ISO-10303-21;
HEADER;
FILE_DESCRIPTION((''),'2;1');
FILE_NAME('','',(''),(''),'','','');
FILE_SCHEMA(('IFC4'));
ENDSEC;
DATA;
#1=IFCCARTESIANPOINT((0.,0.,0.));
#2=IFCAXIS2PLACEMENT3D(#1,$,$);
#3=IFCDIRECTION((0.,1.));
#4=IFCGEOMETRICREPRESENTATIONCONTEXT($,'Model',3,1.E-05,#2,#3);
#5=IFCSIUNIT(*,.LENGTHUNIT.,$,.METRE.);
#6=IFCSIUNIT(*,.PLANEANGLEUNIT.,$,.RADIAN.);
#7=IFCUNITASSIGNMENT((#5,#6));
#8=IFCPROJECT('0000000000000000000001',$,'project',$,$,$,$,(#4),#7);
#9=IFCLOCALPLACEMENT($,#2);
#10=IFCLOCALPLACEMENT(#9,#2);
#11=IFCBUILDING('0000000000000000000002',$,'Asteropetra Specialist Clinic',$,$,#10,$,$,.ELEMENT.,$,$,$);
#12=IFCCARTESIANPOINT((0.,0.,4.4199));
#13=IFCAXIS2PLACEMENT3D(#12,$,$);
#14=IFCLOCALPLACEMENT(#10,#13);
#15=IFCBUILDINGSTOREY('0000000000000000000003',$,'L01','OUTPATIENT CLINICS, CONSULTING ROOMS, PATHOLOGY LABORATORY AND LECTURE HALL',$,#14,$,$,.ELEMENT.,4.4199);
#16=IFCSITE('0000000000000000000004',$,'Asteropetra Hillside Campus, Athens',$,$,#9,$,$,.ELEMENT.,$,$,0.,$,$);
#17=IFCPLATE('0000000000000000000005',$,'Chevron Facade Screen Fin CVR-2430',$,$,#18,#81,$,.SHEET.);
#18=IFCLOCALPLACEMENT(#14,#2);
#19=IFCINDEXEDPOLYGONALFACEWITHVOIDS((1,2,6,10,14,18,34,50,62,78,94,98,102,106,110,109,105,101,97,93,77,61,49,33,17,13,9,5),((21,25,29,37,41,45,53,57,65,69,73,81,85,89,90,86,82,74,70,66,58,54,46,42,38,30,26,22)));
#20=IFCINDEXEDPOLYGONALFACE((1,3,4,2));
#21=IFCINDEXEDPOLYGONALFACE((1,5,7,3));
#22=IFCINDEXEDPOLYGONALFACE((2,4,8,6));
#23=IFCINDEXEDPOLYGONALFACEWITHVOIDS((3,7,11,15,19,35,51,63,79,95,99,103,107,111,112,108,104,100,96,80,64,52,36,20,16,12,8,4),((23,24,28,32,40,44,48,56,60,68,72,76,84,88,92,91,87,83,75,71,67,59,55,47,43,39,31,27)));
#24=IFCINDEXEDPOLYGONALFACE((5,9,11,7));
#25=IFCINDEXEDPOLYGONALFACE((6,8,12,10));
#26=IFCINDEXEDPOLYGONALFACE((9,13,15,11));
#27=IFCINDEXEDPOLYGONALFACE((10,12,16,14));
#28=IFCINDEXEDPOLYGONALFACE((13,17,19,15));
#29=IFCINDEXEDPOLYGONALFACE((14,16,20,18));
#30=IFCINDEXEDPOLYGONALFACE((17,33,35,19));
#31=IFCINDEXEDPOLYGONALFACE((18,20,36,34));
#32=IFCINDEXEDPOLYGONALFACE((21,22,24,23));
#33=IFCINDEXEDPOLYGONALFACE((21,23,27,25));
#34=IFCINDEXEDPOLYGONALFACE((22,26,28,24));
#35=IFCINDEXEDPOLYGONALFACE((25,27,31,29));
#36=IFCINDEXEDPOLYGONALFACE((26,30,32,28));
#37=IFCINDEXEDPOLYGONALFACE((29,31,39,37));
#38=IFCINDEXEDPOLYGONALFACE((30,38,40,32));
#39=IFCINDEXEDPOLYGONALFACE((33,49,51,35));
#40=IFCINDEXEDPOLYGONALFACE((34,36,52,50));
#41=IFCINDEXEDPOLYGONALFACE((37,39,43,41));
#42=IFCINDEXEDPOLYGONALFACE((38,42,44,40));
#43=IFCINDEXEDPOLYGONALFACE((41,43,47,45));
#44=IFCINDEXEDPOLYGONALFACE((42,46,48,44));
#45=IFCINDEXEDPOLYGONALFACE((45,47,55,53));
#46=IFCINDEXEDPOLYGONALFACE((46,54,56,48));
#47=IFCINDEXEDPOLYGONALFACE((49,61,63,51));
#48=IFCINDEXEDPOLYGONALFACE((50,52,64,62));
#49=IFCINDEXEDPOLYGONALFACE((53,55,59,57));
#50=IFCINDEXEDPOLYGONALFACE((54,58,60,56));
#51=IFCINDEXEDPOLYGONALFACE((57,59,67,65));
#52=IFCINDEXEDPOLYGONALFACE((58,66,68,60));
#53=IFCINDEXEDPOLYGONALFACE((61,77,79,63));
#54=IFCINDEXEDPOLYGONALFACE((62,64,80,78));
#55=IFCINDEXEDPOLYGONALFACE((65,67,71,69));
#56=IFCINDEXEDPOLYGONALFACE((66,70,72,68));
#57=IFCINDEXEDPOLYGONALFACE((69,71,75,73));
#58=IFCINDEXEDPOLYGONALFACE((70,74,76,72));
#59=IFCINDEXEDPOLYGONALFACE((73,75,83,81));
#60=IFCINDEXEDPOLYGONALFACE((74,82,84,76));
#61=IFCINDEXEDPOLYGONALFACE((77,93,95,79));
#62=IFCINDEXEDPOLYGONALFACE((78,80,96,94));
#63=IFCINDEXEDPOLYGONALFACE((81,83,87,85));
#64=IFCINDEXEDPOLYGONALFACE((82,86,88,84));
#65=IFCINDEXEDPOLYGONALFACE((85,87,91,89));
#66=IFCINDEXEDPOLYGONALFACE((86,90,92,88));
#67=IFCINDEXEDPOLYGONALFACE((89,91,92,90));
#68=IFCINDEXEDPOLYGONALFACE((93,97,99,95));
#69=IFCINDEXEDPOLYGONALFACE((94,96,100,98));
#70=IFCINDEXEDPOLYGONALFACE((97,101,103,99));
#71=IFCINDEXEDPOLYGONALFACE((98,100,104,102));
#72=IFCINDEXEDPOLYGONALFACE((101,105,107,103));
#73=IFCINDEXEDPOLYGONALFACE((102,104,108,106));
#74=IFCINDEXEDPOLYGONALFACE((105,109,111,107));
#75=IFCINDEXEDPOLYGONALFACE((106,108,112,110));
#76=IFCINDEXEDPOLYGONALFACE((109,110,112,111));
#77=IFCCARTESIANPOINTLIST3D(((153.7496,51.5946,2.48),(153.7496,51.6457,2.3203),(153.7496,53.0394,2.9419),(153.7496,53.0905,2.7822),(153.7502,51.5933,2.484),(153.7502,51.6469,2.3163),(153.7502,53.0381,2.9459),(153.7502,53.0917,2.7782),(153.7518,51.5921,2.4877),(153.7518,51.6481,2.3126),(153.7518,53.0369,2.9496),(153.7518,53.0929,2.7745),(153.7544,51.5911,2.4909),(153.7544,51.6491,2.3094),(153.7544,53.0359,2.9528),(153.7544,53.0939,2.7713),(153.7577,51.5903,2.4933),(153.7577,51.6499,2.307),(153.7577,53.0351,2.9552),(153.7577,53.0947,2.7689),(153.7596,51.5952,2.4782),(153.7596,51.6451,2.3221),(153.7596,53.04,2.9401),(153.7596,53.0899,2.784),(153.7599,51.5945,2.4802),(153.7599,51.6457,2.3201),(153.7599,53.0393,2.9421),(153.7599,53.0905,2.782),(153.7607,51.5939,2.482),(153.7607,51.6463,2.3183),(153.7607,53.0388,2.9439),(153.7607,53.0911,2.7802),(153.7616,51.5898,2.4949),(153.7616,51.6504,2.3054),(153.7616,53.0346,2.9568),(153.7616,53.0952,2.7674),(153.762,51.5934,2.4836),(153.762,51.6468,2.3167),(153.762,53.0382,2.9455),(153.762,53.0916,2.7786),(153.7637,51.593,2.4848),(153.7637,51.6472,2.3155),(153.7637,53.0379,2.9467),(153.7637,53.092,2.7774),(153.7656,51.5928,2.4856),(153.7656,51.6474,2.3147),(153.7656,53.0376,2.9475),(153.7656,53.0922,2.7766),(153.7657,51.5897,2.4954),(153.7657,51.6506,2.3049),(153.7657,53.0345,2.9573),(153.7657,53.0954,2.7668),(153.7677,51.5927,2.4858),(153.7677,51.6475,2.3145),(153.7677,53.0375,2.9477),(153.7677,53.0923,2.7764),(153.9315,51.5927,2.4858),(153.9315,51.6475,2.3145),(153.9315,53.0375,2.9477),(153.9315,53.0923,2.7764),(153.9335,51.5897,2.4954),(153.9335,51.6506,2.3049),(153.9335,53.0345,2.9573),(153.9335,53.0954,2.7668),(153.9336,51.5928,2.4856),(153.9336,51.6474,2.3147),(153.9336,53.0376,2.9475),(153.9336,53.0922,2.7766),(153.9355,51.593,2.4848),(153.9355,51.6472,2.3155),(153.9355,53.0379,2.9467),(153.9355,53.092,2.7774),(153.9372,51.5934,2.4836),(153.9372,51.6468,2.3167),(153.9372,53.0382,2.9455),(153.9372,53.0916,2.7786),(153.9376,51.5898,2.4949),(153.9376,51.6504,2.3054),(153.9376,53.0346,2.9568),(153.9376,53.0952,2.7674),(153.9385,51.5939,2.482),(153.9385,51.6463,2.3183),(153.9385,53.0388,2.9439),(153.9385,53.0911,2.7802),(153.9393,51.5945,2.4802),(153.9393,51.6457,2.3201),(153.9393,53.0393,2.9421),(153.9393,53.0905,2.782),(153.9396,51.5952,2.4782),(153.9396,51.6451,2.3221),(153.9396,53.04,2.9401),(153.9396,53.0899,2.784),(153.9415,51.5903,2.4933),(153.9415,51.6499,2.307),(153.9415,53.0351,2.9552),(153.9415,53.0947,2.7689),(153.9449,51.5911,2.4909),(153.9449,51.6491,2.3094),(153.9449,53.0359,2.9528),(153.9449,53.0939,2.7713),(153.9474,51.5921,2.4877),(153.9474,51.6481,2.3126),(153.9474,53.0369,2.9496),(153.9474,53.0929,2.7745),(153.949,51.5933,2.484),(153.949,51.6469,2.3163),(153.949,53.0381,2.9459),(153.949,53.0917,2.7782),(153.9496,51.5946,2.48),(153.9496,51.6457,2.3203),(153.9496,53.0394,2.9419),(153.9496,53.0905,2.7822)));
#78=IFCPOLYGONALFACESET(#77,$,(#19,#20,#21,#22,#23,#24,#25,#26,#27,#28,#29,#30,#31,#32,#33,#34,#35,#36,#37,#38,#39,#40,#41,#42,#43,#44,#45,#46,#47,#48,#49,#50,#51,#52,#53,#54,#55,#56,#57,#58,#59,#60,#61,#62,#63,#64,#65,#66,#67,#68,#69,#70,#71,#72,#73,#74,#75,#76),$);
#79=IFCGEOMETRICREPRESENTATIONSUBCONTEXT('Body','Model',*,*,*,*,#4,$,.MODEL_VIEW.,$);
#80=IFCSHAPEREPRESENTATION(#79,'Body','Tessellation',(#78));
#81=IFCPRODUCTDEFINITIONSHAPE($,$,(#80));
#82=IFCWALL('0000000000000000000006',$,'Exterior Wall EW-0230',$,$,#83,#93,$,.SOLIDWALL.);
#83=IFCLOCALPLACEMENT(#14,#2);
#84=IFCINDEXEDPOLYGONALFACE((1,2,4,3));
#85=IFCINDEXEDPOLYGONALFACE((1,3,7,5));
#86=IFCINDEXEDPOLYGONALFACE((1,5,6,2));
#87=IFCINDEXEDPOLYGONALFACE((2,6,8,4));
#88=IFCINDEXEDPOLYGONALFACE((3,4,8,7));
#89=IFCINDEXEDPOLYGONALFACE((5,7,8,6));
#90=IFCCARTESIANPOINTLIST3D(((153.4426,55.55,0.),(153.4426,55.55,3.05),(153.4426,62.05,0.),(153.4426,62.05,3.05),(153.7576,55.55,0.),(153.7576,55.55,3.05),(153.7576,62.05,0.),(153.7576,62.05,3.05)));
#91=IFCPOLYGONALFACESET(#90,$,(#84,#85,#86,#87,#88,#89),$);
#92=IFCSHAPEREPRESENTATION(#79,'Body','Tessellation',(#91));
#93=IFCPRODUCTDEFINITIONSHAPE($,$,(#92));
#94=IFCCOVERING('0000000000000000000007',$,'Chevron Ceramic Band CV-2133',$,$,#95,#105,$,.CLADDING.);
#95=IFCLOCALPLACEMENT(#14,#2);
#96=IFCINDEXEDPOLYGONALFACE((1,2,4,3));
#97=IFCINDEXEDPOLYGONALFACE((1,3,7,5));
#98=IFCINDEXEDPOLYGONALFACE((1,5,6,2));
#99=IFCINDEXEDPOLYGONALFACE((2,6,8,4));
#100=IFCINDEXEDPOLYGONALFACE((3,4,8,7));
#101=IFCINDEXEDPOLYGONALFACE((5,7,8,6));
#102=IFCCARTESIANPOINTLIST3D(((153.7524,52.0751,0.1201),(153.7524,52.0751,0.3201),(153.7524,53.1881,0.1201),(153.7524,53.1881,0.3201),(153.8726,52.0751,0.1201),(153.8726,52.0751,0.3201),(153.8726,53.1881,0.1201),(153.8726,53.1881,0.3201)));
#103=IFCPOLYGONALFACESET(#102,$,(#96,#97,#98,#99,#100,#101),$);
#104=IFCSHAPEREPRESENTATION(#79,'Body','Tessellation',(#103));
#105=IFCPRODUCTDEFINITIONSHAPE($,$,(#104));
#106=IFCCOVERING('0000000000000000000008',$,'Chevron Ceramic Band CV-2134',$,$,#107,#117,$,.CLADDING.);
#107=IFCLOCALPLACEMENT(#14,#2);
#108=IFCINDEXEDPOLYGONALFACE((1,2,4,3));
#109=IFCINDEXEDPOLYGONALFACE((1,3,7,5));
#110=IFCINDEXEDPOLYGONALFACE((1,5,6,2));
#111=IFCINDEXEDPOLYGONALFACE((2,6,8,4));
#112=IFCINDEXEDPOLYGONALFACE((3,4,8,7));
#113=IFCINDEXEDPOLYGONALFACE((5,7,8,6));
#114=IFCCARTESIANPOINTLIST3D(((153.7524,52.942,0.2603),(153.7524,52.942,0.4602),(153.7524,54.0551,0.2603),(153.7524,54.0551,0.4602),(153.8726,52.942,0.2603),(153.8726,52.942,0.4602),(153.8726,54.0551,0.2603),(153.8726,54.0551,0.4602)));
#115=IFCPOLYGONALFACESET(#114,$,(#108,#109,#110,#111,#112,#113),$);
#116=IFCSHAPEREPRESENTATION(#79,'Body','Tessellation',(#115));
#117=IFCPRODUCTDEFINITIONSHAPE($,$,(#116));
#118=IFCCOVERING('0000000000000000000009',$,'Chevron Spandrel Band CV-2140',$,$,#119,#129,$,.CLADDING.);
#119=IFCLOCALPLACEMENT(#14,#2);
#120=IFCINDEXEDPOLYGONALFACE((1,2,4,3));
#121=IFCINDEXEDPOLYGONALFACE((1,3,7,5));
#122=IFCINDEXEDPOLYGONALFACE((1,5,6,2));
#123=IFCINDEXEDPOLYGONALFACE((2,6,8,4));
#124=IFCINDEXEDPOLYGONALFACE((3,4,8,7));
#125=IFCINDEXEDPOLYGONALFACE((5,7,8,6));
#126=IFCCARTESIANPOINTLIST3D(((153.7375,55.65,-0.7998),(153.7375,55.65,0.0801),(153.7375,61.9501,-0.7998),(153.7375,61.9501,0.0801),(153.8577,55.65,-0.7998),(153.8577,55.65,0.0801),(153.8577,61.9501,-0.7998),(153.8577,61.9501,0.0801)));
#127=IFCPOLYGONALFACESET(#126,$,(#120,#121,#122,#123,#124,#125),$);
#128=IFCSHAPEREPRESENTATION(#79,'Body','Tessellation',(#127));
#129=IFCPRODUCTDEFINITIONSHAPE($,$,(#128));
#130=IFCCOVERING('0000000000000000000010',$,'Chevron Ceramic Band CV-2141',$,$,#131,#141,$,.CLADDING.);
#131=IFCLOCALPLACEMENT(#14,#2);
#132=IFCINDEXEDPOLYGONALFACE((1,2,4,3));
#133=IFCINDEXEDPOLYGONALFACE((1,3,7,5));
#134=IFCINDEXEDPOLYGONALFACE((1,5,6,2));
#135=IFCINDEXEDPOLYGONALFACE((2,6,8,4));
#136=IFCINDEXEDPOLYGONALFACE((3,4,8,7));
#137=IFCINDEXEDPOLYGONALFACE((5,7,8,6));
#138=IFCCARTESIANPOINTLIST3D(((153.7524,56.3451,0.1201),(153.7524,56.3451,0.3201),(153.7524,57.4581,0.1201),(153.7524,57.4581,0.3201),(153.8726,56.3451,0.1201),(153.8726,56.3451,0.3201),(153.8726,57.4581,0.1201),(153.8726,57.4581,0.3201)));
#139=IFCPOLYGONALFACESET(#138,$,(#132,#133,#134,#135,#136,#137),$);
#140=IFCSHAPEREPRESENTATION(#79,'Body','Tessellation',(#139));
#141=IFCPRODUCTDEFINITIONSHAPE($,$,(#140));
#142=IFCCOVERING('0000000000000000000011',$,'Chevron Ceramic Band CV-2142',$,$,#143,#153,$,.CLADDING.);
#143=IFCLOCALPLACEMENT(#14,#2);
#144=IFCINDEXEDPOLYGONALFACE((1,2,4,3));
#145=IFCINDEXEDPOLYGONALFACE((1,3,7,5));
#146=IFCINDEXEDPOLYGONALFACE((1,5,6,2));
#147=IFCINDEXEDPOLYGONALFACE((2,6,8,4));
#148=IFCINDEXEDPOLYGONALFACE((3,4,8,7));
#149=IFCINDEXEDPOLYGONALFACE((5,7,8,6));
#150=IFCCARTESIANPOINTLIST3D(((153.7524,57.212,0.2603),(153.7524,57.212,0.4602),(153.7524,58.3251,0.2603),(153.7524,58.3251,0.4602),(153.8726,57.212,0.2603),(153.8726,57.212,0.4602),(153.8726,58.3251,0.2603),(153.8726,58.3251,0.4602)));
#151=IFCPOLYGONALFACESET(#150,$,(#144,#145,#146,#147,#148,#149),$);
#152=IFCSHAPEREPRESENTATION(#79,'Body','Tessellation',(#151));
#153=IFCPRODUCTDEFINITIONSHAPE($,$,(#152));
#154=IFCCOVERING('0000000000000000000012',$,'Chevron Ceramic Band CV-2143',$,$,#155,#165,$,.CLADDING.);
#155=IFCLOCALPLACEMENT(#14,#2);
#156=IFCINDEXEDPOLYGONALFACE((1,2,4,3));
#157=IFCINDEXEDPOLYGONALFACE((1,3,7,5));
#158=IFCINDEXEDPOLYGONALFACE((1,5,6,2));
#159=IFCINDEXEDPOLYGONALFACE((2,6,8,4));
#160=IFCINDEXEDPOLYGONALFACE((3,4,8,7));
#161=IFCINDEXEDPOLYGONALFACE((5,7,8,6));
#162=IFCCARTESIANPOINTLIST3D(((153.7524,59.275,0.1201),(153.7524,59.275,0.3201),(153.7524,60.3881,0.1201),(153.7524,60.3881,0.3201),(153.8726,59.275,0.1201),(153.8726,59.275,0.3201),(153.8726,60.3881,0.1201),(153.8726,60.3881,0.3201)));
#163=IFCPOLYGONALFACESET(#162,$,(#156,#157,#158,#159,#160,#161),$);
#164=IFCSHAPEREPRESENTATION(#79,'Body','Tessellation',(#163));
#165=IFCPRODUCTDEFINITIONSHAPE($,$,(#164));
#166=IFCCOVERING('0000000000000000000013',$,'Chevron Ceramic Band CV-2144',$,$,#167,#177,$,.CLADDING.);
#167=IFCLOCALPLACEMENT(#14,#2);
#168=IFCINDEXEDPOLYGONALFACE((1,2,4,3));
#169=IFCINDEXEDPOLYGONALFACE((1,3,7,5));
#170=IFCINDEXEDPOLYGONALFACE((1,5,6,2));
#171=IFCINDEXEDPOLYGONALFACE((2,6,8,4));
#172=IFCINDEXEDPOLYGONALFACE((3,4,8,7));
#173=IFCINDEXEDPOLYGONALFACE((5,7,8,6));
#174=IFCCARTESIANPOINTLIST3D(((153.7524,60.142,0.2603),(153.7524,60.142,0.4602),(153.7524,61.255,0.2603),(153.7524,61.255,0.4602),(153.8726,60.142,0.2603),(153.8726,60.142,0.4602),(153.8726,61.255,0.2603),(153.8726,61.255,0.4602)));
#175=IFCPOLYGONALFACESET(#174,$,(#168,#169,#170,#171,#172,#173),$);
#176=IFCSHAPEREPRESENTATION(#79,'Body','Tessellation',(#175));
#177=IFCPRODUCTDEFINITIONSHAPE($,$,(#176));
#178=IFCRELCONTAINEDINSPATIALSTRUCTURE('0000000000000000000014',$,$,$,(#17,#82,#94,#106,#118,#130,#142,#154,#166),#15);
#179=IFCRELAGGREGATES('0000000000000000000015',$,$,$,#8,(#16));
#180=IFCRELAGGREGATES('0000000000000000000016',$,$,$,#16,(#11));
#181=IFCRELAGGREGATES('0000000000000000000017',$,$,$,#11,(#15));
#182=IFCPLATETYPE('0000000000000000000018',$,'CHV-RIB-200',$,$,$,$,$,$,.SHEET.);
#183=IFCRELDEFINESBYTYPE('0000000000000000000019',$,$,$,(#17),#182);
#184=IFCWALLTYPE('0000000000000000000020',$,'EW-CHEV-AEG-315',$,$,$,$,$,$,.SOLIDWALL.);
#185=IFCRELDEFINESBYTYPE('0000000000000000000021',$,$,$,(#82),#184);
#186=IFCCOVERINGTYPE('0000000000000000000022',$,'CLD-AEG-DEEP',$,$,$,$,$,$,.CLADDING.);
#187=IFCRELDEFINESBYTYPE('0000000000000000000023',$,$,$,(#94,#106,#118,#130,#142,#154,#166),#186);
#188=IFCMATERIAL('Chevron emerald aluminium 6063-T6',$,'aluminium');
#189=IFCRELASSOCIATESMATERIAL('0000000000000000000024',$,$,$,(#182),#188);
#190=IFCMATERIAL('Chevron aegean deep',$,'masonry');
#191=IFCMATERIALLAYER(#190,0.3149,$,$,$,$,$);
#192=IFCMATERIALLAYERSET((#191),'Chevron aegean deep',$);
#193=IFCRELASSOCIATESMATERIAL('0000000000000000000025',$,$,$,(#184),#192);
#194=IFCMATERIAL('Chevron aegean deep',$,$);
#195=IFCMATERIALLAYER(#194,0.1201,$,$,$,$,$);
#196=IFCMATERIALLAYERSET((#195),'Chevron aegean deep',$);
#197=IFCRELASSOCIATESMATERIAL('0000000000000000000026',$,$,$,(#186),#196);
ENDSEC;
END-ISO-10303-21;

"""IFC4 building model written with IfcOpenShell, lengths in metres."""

from ifc_helpers import new_model, si_unit, direction, frame, frame_2d, origin, origin_2d, place, context, subcontext, project, spatial, rectangle, hollow_rectangle, extrude, material, layer, layer_set, material_profile, profile_set, type_object, element, save


model = new_model("IFC4")

# Units and contexts
model_context = context("Model", 3, precision=1e-05, world=origin(), true_north=direction((0.0, 1.0)))
body_context = subcontext(model_context, "Body", "Model", "MODEL_VIEW")
ifc_project = project(units=[si_unit("LENGTHUNIT", "METRE"), si_unit("PLANEANGLEUNIT", "RADIAN")], contexts=[model_context])

# Site, building, storey
site_placement = place(None, origin())
site = spatial("IfcSite", under=ifc_project, at=site_placement, Name="Asteropetra Hillside Campus, Athens", CompositionType="ELEMENT", RefElevation=0.0)
building_placement = place(site_placement, origin())
building = spatial("IfcBuilding", under=site, at=building_placement, Name="Asteropetra Specialist Clinic", CompositionType="ELEMENT")
storey_placement = place(building_placement, frame((0.0, 0.0, 4.4199)))
storey = spatial("IfcBuildingStorey", under=building, at=storey_placement, Name="L01", Description="OUTPATIENT CLINICS, CONSULTING ROOMS, PATHOLOGY LABORATORY AND LECTURE HALL", CompositionType="ELEMENT", Elevation=4.4199)

# Plate
ifc_material_1 = material(Name="Chevron emerald aluminium 6063-T6", Category="aluminium")
ifc_material_profile_1 = material_profile(ifc_material_1, hollow_rectangle(XDim=0.2, YDim=0.2, WallThickness=0.01, InnerFilletRadius=0.0081, OuterFilletRadius=0.0161, at=origin_2d()), Name="SHS 200x200x10.0")
ifc_profile_set_1 = profile_set([ifc_material_profile_1], Name="Chevron emerald aluminium 6063-T6")
plate_type = type_object("IfcPlateType", Name="CHV-RIB-200", PredefinedType="SHEET", material=ifc_profile_set_1)
for number, where, z_axis, x_axis, name in (
    (1, (153.8496, 51.6201, 2.4001), (0.0, 0.952506, 0.304519), (-1.0, 0.0, 0.0), "Chevron Facade Screen Fin CVR-2430"),
):
    element("IfcPlate", number, at=place(storey_placement, frame(where, z_axis=z_axis, x_axis=x_axis)), inside=storey, type_object=plate_type, Name=name, PredefinedType="SHEET", context=body_context, shape_type="SweptSolid", body=[
        extrude(hollow_rectangle(XDim=0.2, YDim=0.2, WallThickness=0.01, InnerFilletRadius=0.0081, OuterFilletRadius=0.0161, at=origin_2d()), origin(), (0.0, 0.0, 1.0), 1.5168),
    ])

# Wall
ifc_material_2 = material(Name="Chevron aegean deep", Category="masonry")
ifc_layer_1 = layer(ifc_material_2, 0.3149)
ifc_layer_set_1 = layer_set([ifc_layer_1], Name="Chevron aegean deep")
wall_type = type_object("IfcWallType", Name="EW-CHEV-AEG-315", PredefinedType="SOLIDWALL", material=ifc_layer_set_1)
wall_placement = place(storey_placement, frame((153.6001, 55.55, 0.0), z_axis=(0.0, 0.0, 1.0), x_axis=(0.0, 1.0, 0.0)))
element("IfcWall", 2, at=wall_placement, inside=storey, type_object=wall_type, Name="Exterior Wall EW-0230", PredefinedType="SOLIDWALL", context=body_context, shape_type="SweptSolid", body=[
    extrude(rectangle(XDim=6.5, YDim=0.3149, at=frame_2d((3.25, 0.0))), origin(), (0.0, 0.0, 1.0), 3.05),
])

# Coverings
ifc_material_3 = material(Name="Chevron aegean deep")
ifc_layer_2 = layer(ifc_material_3, 0.1201)
ifc_layer_set_2 = layer_set([ifc_layer_2], Name="Chevron aegean deep")
covering_type = type_object("IfcCoveringType", Name="CLD-AEG-DEEP", PredefinedType="CLADDING", material=ifc_layer_set_2)
for number, where, z_axis, x_axis, name in (
    (3, (153.8125, 52.6316, 0.1201), (0.0, 0.0, 1.0), (1.0, 0.0, 0.0), "Chevron Ceramic Band CV-2133"),
    (4, (153.8125, 53.4985, 0.2603), (0.0, 0.0, 1.0), (1.0, 0.0, 0.0), "Chevron Ceramic Band CV-2134"),
):
    element("IfcCovering", number, at=place(storey_placement, frame(where, z_axis=z_axis, x_axis=x_axis)), inside=storey, type_object=covering_type, Name=name, PredefinedType="CLADDING", context=body_context, shape_type="SweptSolid", body=[
        extrude(rectangle(XDim=0.1201, YDim=1.113, at=origin_2d()), origin(), (0.0, 0.0, 1.0), 0.2),
    ])
covering_placement = place(storey_placement, frame((153.7976, 58.8, -0.7998), z_axis=(0.0, 0.0, 1.0), x_axis=(1.0, 0.0, 0.0)))
element("IfcCovering", 5, at=covering_placement, inside=storey, type_object=covering_type, Name="Chevron Spandrel Band CV-2140", PredefinedType="CLADDING", context=body_context, shape_type="SweptSolid", body=[
    extrude(rectangle(XDim=0.1201, YDim=6.3, at=origin_2d()), origin(), (0.0, 0.0, 1.0), 0.8799),
])
for number, where, z_axis, x_axis, name in (
    (6, (153.8125, 56.9016, 0.1201), (0.0, 0.0, 1.0), (1.0, 0.0, 0.0), "Chevron Ceramic Band CV-2141"),
    (7, (153.8125, 57.7686, 0.2603), (0.0, 0.0, 1.0), (1.0, 0.0, 0.0), "Chevron Ceramic Band CV-2142"),
    (8, (153.8125, 59.8315, 0.1201), (0.0, 0.0, 1.0), (1.0, 0.0, 0.0), "Chevron Ceramic Band CV-2143"),
    (9, (153.8125, 60.6985, 0.2603), (0.0, 0.0, 1.0), (1.0, 0.0, 0.0), "Chevron Ceramic Band CV-2144"),
):
    element("IfcCovering", number, at=place(storey_placement, frame(where, z_axis=z_axis, x_axis=x_axis)), inside=storey, type_object=covering_type, Name=name, PredefinedType="CLADDING", context=body_context, shape_type="SweptSolid", body=[
        extrude(rectangle(XDim=0.1201, YDim=1.113, at=origin_2d()), origin(), (0.0, 0.0, 1.0), 0.2),
    ])

save(model, "model.ifc")
